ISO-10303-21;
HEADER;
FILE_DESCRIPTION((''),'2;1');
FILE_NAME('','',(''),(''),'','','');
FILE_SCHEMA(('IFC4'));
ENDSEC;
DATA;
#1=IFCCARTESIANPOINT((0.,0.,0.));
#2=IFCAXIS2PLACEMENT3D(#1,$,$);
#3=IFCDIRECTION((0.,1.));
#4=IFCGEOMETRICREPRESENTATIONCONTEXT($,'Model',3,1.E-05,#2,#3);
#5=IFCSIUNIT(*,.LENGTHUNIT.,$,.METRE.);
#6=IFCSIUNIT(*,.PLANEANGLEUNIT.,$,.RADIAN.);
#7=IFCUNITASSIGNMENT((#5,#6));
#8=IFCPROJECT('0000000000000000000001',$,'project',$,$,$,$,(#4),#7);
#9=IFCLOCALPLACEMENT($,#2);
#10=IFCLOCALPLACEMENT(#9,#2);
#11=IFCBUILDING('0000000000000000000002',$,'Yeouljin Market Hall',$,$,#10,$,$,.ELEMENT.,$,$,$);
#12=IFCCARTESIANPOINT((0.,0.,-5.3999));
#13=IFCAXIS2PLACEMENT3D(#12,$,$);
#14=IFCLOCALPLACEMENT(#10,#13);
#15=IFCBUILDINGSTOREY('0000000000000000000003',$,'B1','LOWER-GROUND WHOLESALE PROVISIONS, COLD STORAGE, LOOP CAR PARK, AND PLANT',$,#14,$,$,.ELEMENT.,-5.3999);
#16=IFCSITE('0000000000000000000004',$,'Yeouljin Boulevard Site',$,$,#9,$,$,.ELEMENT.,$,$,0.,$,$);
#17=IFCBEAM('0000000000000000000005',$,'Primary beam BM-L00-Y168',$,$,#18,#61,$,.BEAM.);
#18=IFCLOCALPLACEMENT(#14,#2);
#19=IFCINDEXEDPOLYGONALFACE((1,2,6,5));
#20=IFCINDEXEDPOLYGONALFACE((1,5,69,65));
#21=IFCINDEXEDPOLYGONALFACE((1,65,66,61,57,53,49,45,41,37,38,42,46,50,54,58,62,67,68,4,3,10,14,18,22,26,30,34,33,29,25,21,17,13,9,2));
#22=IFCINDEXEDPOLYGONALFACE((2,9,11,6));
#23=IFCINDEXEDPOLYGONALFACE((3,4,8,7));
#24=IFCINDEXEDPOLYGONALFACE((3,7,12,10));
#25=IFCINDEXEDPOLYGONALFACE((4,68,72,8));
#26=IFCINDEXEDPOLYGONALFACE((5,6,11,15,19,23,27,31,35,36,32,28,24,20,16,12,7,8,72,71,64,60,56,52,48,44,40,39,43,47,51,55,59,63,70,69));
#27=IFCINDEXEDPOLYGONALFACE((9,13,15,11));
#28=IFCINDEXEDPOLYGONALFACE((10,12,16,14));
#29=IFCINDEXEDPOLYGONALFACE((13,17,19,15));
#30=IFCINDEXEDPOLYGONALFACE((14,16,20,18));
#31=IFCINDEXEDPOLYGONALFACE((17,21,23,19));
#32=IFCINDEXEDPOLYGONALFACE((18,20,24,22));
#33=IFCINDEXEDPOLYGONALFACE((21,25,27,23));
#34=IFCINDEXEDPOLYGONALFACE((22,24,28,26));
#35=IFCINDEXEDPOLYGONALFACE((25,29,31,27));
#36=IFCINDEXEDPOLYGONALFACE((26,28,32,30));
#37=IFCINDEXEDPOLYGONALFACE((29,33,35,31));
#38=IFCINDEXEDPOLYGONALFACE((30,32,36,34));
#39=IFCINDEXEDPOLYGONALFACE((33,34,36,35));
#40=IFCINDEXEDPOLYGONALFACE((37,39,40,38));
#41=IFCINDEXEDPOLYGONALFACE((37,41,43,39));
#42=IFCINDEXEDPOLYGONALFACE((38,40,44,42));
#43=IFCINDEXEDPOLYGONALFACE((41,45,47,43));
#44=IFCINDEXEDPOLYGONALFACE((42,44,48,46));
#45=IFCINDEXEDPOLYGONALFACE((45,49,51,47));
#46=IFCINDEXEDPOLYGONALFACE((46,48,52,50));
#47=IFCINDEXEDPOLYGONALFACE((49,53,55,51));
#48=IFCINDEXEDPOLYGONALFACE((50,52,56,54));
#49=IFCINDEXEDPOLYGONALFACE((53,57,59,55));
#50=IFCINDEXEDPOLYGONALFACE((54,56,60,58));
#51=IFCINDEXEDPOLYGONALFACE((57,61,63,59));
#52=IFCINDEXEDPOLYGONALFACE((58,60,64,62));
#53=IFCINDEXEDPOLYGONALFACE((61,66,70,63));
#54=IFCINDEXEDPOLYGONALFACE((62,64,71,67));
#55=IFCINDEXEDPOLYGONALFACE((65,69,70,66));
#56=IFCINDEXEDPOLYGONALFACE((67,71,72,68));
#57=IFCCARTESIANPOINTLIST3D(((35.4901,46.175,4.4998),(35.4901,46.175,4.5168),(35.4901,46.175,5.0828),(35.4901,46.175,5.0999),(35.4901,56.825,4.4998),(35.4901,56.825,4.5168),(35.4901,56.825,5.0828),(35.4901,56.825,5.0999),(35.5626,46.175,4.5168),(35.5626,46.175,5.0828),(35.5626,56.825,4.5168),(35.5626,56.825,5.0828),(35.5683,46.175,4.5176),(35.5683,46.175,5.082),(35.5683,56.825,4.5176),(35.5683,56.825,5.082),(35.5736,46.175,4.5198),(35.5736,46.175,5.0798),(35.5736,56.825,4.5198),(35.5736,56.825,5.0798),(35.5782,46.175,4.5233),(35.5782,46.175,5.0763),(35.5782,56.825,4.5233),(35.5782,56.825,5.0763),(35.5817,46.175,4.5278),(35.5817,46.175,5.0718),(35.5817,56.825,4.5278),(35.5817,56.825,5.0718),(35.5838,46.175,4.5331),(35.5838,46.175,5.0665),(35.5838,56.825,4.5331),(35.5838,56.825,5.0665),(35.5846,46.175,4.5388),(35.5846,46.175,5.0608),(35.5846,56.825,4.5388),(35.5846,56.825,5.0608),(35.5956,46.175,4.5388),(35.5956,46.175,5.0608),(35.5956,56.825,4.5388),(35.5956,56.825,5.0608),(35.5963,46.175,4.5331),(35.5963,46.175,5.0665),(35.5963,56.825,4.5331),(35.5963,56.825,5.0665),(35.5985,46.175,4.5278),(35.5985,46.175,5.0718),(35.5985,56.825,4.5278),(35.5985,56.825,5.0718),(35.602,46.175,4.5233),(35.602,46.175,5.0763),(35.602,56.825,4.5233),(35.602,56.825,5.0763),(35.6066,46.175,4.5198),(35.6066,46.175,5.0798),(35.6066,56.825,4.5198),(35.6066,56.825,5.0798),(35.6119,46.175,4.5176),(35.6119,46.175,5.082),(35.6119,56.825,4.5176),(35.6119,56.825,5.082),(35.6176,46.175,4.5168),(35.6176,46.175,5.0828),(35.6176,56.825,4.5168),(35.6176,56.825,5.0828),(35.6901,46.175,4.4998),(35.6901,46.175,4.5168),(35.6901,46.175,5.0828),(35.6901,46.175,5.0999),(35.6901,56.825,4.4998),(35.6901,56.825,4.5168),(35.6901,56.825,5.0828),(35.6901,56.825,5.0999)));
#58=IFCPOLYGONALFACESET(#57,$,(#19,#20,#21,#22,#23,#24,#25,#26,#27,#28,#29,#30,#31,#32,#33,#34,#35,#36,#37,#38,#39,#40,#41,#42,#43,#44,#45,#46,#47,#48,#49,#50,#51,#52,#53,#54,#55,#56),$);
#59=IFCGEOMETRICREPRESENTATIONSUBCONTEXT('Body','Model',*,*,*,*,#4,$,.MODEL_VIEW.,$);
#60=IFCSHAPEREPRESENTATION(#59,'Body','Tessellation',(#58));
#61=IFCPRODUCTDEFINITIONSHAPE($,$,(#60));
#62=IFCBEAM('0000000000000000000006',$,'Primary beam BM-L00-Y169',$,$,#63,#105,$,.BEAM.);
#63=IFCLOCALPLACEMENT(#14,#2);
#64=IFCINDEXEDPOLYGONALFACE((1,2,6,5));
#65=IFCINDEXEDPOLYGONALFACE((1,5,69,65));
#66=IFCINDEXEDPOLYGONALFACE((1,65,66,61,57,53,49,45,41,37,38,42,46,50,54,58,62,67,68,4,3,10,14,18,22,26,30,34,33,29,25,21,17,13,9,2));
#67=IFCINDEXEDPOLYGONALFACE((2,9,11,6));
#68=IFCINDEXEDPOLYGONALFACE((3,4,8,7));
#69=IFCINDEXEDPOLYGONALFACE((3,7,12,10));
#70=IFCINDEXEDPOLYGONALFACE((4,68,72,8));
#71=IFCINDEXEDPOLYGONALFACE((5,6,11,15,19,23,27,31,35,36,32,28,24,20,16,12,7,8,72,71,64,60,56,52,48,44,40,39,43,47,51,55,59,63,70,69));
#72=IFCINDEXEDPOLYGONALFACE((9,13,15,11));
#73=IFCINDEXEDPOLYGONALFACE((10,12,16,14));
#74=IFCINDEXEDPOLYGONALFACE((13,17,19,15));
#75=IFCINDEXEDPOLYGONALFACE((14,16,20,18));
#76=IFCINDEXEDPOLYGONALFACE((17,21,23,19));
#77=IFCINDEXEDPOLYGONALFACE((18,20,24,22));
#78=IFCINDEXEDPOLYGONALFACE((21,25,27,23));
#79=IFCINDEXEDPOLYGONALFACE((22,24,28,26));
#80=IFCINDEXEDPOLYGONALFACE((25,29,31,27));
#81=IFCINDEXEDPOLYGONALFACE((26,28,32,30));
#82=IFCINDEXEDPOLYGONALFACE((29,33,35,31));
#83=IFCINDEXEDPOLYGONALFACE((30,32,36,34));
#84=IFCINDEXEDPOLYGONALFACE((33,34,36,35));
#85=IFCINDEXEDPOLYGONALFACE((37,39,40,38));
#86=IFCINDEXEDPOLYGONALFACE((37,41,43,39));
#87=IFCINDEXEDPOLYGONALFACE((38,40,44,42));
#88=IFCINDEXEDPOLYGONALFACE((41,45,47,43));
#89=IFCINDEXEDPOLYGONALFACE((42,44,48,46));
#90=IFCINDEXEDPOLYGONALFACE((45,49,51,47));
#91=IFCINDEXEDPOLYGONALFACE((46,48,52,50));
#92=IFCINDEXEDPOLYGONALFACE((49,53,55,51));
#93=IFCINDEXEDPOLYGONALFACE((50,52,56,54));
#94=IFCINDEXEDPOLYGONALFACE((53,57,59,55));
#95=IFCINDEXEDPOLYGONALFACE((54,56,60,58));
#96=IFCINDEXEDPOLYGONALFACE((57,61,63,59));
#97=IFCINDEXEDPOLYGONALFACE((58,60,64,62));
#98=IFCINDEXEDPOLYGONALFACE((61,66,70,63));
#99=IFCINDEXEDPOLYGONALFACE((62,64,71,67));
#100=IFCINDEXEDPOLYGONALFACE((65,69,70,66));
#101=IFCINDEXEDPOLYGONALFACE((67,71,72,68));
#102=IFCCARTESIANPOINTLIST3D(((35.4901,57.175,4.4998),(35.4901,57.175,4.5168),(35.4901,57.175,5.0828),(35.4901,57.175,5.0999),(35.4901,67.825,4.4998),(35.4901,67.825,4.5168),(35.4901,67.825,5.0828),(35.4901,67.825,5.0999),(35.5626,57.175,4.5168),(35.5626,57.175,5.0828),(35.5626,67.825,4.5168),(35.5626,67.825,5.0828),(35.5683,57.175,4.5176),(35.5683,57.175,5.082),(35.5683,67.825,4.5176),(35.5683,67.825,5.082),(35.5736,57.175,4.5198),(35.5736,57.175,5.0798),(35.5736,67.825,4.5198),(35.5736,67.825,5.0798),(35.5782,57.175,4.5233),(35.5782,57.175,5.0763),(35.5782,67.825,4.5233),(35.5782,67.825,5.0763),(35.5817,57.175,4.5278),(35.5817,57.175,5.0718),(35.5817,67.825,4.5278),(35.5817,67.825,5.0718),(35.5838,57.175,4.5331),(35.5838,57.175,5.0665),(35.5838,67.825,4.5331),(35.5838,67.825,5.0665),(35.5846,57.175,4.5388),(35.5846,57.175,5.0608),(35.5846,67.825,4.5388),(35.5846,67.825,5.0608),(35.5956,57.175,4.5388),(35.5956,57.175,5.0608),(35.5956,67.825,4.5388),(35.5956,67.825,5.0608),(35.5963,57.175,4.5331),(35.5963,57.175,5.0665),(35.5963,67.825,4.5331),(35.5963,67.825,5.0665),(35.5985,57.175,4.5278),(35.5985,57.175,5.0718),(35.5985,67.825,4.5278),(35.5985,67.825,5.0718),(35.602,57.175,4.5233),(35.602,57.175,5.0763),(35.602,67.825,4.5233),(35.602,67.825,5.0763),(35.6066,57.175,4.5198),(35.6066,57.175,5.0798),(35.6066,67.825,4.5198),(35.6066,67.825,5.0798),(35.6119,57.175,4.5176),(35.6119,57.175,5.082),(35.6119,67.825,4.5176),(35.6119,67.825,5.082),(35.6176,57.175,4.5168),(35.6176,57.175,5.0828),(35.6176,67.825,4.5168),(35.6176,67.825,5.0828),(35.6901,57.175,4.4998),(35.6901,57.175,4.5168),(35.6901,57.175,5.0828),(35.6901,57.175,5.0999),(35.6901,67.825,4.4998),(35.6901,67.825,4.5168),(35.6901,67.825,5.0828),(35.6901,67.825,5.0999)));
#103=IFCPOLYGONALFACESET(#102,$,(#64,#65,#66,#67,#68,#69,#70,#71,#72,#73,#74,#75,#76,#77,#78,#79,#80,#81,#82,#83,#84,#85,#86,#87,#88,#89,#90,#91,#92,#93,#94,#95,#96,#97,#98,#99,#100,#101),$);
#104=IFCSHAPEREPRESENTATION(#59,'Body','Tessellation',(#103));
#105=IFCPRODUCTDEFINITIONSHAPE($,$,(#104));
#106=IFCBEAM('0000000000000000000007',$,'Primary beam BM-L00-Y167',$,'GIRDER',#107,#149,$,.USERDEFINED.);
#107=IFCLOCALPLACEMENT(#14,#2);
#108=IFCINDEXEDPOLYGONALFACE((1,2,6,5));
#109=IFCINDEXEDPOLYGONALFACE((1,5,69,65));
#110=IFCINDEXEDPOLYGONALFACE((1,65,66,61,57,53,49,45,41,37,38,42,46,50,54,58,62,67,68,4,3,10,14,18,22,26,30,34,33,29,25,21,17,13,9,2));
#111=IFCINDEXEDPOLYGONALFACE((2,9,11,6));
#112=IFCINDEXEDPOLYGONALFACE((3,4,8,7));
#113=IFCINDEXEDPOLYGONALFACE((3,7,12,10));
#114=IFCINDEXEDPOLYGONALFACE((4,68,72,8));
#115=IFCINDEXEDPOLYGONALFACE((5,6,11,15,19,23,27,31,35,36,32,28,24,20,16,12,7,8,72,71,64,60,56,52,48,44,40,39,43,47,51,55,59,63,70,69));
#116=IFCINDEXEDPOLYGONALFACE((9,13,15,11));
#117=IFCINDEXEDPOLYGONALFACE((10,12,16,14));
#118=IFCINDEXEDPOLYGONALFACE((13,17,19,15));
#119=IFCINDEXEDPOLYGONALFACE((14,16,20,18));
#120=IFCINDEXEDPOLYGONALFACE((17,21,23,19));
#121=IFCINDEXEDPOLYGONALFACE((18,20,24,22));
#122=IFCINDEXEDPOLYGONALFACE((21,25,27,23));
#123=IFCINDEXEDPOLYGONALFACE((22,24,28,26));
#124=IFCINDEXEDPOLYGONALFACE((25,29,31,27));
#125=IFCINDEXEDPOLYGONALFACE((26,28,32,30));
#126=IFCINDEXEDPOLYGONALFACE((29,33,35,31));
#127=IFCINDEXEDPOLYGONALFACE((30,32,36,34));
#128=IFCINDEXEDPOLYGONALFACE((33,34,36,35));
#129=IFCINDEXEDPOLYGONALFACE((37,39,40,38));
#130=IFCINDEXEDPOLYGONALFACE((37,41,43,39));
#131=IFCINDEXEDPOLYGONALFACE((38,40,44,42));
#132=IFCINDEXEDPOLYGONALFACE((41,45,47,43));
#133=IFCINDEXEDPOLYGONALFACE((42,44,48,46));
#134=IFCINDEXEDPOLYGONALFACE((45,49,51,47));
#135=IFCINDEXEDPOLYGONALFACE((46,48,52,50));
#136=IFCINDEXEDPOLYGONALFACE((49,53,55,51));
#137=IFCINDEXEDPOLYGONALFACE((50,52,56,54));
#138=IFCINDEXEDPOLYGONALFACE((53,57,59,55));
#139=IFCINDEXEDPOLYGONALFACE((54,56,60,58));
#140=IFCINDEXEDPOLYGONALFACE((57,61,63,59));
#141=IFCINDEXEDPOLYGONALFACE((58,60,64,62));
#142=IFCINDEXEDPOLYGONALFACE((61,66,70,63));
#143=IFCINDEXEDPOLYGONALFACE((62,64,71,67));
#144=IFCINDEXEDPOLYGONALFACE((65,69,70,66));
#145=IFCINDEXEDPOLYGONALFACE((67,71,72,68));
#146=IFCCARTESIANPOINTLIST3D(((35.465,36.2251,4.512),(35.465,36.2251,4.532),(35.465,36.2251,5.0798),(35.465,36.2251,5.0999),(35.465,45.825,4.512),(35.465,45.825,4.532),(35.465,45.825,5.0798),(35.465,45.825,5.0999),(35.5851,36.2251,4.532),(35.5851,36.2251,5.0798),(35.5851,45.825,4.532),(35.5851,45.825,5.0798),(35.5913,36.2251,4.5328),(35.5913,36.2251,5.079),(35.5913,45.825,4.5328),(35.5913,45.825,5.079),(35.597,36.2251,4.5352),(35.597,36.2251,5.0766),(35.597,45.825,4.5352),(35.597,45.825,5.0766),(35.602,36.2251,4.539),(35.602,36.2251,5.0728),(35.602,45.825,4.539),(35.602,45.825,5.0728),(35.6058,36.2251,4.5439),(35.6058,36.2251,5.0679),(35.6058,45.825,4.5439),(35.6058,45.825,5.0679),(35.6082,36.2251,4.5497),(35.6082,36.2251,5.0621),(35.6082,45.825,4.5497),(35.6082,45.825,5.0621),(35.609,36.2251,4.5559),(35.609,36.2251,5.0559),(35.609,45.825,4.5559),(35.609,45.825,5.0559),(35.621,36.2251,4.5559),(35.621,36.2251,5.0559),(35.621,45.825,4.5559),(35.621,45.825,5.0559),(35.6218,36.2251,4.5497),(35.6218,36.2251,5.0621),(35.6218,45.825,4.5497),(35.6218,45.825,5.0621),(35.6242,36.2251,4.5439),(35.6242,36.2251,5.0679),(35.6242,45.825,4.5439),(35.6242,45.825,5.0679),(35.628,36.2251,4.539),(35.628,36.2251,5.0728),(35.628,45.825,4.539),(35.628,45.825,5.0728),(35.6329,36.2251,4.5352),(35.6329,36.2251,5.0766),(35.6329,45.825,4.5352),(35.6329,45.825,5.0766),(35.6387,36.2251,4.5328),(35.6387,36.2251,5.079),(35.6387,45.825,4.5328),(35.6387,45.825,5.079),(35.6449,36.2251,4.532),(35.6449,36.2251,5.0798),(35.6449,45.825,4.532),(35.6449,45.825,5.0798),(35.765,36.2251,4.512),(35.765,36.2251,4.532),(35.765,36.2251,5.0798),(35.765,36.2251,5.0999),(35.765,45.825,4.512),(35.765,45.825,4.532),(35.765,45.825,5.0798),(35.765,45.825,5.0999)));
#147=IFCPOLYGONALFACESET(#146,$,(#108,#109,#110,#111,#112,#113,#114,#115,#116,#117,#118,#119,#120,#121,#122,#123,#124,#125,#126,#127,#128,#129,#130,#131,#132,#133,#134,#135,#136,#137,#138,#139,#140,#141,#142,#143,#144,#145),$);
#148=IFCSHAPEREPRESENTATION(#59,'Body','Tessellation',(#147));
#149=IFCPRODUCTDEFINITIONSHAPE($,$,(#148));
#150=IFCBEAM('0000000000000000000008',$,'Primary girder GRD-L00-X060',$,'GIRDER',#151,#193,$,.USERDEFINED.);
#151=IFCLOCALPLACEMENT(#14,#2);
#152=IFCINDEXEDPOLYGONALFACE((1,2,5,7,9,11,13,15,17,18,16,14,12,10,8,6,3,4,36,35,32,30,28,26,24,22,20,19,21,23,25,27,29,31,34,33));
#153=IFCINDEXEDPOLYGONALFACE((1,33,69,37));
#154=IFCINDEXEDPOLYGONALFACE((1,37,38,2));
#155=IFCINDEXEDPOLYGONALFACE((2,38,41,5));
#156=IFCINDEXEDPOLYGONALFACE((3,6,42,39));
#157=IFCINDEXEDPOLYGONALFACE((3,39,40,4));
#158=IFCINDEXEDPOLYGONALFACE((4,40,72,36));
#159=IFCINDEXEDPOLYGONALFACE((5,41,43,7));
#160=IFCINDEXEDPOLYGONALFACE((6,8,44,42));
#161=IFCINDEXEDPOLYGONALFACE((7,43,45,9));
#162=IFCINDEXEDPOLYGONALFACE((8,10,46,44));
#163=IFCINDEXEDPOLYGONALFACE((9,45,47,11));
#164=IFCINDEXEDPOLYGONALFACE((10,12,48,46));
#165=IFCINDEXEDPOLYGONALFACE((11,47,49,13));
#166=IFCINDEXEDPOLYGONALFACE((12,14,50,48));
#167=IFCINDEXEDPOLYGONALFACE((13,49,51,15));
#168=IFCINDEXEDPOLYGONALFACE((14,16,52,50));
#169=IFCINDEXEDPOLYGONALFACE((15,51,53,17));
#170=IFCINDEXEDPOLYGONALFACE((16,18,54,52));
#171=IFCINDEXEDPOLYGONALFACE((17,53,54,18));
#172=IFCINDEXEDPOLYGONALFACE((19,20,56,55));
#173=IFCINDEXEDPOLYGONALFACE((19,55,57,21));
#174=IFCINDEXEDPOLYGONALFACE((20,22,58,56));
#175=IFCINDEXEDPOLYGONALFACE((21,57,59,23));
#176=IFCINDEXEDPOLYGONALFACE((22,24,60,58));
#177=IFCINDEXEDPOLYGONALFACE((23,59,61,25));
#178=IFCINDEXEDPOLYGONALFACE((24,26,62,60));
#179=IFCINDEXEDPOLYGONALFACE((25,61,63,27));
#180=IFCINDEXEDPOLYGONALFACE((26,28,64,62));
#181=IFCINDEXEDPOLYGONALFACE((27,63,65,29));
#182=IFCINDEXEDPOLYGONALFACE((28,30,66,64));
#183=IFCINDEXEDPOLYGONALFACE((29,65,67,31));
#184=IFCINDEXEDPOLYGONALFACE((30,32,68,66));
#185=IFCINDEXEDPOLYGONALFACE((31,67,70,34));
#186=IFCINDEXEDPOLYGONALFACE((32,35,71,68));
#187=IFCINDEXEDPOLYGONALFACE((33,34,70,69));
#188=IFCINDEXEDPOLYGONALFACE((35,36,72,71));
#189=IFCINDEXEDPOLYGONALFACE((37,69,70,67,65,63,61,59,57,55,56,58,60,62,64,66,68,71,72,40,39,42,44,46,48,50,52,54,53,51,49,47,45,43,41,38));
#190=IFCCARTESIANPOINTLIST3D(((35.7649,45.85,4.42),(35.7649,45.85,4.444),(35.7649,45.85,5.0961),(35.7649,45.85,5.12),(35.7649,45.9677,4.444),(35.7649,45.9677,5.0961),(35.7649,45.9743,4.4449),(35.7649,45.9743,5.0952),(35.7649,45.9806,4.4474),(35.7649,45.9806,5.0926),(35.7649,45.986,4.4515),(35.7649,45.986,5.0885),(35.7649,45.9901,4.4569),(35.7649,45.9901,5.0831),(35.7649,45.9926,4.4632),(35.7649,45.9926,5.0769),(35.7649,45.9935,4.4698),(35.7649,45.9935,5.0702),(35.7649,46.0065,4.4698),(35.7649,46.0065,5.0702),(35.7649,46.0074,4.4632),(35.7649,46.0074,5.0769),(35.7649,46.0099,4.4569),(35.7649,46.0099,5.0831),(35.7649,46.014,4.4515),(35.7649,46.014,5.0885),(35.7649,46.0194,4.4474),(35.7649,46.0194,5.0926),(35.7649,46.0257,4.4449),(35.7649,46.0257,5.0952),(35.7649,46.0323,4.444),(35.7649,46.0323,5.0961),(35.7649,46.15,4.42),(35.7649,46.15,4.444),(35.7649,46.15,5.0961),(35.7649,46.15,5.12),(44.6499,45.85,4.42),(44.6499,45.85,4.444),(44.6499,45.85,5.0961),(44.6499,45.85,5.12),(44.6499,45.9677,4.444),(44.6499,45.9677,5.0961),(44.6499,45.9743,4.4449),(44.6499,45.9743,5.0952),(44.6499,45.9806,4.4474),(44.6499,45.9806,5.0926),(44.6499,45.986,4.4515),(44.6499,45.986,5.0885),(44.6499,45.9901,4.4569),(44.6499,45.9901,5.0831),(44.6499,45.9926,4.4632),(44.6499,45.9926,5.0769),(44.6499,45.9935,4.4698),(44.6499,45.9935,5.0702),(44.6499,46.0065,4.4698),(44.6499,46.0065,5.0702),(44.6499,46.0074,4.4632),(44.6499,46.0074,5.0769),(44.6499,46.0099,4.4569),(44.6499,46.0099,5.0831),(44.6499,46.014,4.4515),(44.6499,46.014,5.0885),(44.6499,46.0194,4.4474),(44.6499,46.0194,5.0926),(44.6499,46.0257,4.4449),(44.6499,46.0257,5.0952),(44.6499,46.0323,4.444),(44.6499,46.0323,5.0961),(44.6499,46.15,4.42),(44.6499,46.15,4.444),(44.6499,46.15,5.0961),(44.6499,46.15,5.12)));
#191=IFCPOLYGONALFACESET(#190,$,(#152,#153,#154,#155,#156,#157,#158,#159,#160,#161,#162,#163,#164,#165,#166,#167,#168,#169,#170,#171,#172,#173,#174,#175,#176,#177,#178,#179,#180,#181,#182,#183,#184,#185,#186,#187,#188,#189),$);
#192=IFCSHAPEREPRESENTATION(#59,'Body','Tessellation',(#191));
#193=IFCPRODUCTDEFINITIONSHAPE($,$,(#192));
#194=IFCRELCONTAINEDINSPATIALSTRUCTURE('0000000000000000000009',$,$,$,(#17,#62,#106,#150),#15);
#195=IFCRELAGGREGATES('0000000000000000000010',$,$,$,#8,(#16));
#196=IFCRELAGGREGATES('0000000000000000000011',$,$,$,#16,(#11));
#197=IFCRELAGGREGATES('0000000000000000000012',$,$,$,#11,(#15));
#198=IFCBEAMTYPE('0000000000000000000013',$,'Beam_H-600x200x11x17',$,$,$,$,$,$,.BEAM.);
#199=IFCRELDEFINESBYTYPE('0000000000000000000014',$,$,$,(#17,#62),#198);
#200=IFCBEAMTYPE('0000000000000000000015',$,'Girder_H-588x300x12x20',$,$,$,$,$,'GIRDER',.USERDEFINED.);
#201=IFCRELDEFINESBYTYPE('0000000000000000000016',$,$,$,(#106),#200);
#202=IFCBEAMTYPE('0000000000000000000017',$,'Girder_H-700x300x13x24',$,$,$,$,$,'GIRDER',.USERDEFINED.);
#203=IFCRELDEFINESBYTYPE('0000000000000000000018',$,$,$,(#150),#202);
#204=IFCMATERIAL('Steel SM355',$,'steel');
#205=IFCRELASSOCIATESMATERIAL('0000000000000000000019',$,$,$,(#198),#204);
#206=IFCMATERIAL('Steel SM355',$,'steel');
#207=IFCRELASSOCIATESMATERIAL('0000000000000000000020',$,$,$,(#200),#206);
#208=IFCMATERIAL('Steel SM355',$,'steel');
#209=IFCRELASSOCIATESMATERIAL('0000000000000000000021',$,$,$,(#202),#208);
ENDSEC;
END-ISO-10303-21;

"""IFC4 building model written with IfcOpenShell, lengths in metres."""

from ifc_helpers import new_model, si_unit, direction, frame, origin, origin_2d, place, context, subcontext, project, spatial, i_section, extrude, material, material_profile, profile_set, type_object, element, save


model = new_model("IFC4")

# Units and contexts
model_context = context("Model", 3, precision=1e-05, world=origin(), true_north=direction((0.0, 1.0)))
body_context = subcontext(model_context, "Body", "Model", "MODEL_VIEW")
ifc_project = project(units=[si_unit("LENGTHUNIT", "METRE"), si_unit("PLANEANGLEUNIT", "RADIAN")], contexts=[model_context])

# Site, building, storey
site_placement = place(None, origin())
site = spatial("IfcSite", under=ifc_project, at=site_placement, Name="Yeouljin Boulevard Site", CompositionType="ELEMENT", RefElevation=0.0)
building_placement = place(site_placement, origin())
building = spatial("IfcBuilding", under=site, at=building_placement, Name="Yeouljin Market Hall", CompositionType="ELEMENT")
storey_placement = place(building_placement, frame((0.0, 0.0, -5.3999)))
storey = spatial("IfcBuildingStorey", under=building, at=storey_placement, Name="B1", Description="LOWER-GROUND WHOLESALE PROVISIONS, COLD STORAGE, LOOP CAR PARK, AND PLANT", CompositionType="ELEMENT", Elevation=-5.3999)

# Beams
ifc_material_1 = material(Name="Steel SM355", Category="steel")
ifc_material_profile_1 = material_profile(ifc_material_1, i_section(OverallWidth=0.2, OverallDepth=0.6001, WebThickness=0.011, FlangeThickness=0.0171, FilletRadius=0.022, at=origin_2d()), Name="H-600x200x11x17")
ifc_profile_set_1 = profile_set([ifc_material_profile_1], Name="Steel SM355")
beam_type_1 = type_object("IfcBeamType", Name="Beam_H-600x200x11x17", PredefinedType="BEAM", material=ifc_profile_set_1)
for number, where, z_axis, x_axis, name in (
    (1, (35.5901, 46.175, 4.7998), (0.0, 1.0, 0.0), (-1.0, 0.0, 0.0), "Primary beam BM-L00-Y168"),
    (2, (35.5901, 57.175, 4.7998), (0.0, 1.0, 0.0), (-1.0, 0.0, 0.0), "Primary beam BM-L00-Y169"),
):
    element("IfcBeam", number, at=place(storey_placement, frame(where, z_axis=z_axis, x_axis=x_axis)), inside=storey, type_object=beam_type_1, Name=name, PredefinedType="BEAM", context=body_context, shape_type="SweptSolid", body=[
        extrude(i_section(OverallWidth=0.2, OverallDepth=0.6001, WebThickness=0.011, FlangeThickness=0.0171, FilletRadius=0.022, at=origin_2d()), origin(), (0.0, 0.0, 1.0), 10.6499),
    ])
ifc_material_2 = material(Name="Steel SM355", Category="steel")
ifc_material_profile_2 = material_profile(ifc_material_2, i_section(OverallWidth=0.3, OverallDepth=0.5879, WebThickness=0.012, FlangeThickness=0.02, FilletRadius=0.0239, at=origin_2d()), Name="H-588x300x12x20")
ifc_profile_set_2 = profile_set([ifc_material_profile_2], Name="Steel SM355")
beam_type_2 = type_object("IfcBeamType", Name="Girder_H-588x300x12x20", ElementType="GIRDER", PredefinedType="USERDEFINED", material=ifc_profile_set_2)
beam_1_placement = place(storey_placement, frame((35.615, 36.2251, 4.8059), z_axis=(0.0, 1.0, 0.0), x_axis=(-1.0, 0.0, 0.0)))
element("IfcBeam", 3, at=beam_1_placement, inside=storey, type_object=beam_type_2, Name="Primary beam BM-L00-Y167", ObjectType="GIRDER", PredefinedType="USERDEFINED", context=body_context, shape_type="SweptSolid", body=[
    extrude(i_section(OverallWidth=0.3, OverallDepth=0.5879, WebThickness=0.012, FlangeThickness=0.02, FilletRadius=0.0239, at=origin_2d()), origin(), (0.0, 0.0, 1.0), 9.5999),
])
ifc_material_3 = material(Name="Steel SM355", Category="steel")
ifc_material_profile_3 = material_profile(ifc_material_3, i_section(OverallWidth=0.3, OverallDepth=0.7, WebThickness=0.0129, FlangeThickness=0.0239, FilletRadius=0.0259, at=origin_2d()), Name="H-700x300x13x24")
ifc_profile_set_3 = profile_set([ifc_material_profile_3], Name="Steel SM355")
beam_type_3 = type_object("IfcBeamType", Name="Girder_H-700x300x13x24", ElementType="GIRDER", PredefinedType="USERDEFINED", material=ifc_profile_set_3)
beam_2_placement = place(storey_placement, frame((35.7649, 46.0, 4.77), z_axis=(1.0, 0.0, 0.0), x_axis=(0.0, 1.0, 0.0)))
element("IfcBeam", 4, at=beam_2_placement, inside=storey, type_object=beam_type_3, Name="Primary girder GRD-L00-X060", ObjectType="GIRDER", PredefinedType="USERDEFINED", context=body_context, shape_type="SweptSolid", body=[
    extrude(i_section(OverallWidth=0.3, OverallDepth=0.7, WebThickness=0.0129, FlangeThickness=0.0239, FilletRadius=0.0259, at=origin_2d()), origin(), (0.0, 0.0, 1.0), 8.885),
])

save(model, "model.ifc")
